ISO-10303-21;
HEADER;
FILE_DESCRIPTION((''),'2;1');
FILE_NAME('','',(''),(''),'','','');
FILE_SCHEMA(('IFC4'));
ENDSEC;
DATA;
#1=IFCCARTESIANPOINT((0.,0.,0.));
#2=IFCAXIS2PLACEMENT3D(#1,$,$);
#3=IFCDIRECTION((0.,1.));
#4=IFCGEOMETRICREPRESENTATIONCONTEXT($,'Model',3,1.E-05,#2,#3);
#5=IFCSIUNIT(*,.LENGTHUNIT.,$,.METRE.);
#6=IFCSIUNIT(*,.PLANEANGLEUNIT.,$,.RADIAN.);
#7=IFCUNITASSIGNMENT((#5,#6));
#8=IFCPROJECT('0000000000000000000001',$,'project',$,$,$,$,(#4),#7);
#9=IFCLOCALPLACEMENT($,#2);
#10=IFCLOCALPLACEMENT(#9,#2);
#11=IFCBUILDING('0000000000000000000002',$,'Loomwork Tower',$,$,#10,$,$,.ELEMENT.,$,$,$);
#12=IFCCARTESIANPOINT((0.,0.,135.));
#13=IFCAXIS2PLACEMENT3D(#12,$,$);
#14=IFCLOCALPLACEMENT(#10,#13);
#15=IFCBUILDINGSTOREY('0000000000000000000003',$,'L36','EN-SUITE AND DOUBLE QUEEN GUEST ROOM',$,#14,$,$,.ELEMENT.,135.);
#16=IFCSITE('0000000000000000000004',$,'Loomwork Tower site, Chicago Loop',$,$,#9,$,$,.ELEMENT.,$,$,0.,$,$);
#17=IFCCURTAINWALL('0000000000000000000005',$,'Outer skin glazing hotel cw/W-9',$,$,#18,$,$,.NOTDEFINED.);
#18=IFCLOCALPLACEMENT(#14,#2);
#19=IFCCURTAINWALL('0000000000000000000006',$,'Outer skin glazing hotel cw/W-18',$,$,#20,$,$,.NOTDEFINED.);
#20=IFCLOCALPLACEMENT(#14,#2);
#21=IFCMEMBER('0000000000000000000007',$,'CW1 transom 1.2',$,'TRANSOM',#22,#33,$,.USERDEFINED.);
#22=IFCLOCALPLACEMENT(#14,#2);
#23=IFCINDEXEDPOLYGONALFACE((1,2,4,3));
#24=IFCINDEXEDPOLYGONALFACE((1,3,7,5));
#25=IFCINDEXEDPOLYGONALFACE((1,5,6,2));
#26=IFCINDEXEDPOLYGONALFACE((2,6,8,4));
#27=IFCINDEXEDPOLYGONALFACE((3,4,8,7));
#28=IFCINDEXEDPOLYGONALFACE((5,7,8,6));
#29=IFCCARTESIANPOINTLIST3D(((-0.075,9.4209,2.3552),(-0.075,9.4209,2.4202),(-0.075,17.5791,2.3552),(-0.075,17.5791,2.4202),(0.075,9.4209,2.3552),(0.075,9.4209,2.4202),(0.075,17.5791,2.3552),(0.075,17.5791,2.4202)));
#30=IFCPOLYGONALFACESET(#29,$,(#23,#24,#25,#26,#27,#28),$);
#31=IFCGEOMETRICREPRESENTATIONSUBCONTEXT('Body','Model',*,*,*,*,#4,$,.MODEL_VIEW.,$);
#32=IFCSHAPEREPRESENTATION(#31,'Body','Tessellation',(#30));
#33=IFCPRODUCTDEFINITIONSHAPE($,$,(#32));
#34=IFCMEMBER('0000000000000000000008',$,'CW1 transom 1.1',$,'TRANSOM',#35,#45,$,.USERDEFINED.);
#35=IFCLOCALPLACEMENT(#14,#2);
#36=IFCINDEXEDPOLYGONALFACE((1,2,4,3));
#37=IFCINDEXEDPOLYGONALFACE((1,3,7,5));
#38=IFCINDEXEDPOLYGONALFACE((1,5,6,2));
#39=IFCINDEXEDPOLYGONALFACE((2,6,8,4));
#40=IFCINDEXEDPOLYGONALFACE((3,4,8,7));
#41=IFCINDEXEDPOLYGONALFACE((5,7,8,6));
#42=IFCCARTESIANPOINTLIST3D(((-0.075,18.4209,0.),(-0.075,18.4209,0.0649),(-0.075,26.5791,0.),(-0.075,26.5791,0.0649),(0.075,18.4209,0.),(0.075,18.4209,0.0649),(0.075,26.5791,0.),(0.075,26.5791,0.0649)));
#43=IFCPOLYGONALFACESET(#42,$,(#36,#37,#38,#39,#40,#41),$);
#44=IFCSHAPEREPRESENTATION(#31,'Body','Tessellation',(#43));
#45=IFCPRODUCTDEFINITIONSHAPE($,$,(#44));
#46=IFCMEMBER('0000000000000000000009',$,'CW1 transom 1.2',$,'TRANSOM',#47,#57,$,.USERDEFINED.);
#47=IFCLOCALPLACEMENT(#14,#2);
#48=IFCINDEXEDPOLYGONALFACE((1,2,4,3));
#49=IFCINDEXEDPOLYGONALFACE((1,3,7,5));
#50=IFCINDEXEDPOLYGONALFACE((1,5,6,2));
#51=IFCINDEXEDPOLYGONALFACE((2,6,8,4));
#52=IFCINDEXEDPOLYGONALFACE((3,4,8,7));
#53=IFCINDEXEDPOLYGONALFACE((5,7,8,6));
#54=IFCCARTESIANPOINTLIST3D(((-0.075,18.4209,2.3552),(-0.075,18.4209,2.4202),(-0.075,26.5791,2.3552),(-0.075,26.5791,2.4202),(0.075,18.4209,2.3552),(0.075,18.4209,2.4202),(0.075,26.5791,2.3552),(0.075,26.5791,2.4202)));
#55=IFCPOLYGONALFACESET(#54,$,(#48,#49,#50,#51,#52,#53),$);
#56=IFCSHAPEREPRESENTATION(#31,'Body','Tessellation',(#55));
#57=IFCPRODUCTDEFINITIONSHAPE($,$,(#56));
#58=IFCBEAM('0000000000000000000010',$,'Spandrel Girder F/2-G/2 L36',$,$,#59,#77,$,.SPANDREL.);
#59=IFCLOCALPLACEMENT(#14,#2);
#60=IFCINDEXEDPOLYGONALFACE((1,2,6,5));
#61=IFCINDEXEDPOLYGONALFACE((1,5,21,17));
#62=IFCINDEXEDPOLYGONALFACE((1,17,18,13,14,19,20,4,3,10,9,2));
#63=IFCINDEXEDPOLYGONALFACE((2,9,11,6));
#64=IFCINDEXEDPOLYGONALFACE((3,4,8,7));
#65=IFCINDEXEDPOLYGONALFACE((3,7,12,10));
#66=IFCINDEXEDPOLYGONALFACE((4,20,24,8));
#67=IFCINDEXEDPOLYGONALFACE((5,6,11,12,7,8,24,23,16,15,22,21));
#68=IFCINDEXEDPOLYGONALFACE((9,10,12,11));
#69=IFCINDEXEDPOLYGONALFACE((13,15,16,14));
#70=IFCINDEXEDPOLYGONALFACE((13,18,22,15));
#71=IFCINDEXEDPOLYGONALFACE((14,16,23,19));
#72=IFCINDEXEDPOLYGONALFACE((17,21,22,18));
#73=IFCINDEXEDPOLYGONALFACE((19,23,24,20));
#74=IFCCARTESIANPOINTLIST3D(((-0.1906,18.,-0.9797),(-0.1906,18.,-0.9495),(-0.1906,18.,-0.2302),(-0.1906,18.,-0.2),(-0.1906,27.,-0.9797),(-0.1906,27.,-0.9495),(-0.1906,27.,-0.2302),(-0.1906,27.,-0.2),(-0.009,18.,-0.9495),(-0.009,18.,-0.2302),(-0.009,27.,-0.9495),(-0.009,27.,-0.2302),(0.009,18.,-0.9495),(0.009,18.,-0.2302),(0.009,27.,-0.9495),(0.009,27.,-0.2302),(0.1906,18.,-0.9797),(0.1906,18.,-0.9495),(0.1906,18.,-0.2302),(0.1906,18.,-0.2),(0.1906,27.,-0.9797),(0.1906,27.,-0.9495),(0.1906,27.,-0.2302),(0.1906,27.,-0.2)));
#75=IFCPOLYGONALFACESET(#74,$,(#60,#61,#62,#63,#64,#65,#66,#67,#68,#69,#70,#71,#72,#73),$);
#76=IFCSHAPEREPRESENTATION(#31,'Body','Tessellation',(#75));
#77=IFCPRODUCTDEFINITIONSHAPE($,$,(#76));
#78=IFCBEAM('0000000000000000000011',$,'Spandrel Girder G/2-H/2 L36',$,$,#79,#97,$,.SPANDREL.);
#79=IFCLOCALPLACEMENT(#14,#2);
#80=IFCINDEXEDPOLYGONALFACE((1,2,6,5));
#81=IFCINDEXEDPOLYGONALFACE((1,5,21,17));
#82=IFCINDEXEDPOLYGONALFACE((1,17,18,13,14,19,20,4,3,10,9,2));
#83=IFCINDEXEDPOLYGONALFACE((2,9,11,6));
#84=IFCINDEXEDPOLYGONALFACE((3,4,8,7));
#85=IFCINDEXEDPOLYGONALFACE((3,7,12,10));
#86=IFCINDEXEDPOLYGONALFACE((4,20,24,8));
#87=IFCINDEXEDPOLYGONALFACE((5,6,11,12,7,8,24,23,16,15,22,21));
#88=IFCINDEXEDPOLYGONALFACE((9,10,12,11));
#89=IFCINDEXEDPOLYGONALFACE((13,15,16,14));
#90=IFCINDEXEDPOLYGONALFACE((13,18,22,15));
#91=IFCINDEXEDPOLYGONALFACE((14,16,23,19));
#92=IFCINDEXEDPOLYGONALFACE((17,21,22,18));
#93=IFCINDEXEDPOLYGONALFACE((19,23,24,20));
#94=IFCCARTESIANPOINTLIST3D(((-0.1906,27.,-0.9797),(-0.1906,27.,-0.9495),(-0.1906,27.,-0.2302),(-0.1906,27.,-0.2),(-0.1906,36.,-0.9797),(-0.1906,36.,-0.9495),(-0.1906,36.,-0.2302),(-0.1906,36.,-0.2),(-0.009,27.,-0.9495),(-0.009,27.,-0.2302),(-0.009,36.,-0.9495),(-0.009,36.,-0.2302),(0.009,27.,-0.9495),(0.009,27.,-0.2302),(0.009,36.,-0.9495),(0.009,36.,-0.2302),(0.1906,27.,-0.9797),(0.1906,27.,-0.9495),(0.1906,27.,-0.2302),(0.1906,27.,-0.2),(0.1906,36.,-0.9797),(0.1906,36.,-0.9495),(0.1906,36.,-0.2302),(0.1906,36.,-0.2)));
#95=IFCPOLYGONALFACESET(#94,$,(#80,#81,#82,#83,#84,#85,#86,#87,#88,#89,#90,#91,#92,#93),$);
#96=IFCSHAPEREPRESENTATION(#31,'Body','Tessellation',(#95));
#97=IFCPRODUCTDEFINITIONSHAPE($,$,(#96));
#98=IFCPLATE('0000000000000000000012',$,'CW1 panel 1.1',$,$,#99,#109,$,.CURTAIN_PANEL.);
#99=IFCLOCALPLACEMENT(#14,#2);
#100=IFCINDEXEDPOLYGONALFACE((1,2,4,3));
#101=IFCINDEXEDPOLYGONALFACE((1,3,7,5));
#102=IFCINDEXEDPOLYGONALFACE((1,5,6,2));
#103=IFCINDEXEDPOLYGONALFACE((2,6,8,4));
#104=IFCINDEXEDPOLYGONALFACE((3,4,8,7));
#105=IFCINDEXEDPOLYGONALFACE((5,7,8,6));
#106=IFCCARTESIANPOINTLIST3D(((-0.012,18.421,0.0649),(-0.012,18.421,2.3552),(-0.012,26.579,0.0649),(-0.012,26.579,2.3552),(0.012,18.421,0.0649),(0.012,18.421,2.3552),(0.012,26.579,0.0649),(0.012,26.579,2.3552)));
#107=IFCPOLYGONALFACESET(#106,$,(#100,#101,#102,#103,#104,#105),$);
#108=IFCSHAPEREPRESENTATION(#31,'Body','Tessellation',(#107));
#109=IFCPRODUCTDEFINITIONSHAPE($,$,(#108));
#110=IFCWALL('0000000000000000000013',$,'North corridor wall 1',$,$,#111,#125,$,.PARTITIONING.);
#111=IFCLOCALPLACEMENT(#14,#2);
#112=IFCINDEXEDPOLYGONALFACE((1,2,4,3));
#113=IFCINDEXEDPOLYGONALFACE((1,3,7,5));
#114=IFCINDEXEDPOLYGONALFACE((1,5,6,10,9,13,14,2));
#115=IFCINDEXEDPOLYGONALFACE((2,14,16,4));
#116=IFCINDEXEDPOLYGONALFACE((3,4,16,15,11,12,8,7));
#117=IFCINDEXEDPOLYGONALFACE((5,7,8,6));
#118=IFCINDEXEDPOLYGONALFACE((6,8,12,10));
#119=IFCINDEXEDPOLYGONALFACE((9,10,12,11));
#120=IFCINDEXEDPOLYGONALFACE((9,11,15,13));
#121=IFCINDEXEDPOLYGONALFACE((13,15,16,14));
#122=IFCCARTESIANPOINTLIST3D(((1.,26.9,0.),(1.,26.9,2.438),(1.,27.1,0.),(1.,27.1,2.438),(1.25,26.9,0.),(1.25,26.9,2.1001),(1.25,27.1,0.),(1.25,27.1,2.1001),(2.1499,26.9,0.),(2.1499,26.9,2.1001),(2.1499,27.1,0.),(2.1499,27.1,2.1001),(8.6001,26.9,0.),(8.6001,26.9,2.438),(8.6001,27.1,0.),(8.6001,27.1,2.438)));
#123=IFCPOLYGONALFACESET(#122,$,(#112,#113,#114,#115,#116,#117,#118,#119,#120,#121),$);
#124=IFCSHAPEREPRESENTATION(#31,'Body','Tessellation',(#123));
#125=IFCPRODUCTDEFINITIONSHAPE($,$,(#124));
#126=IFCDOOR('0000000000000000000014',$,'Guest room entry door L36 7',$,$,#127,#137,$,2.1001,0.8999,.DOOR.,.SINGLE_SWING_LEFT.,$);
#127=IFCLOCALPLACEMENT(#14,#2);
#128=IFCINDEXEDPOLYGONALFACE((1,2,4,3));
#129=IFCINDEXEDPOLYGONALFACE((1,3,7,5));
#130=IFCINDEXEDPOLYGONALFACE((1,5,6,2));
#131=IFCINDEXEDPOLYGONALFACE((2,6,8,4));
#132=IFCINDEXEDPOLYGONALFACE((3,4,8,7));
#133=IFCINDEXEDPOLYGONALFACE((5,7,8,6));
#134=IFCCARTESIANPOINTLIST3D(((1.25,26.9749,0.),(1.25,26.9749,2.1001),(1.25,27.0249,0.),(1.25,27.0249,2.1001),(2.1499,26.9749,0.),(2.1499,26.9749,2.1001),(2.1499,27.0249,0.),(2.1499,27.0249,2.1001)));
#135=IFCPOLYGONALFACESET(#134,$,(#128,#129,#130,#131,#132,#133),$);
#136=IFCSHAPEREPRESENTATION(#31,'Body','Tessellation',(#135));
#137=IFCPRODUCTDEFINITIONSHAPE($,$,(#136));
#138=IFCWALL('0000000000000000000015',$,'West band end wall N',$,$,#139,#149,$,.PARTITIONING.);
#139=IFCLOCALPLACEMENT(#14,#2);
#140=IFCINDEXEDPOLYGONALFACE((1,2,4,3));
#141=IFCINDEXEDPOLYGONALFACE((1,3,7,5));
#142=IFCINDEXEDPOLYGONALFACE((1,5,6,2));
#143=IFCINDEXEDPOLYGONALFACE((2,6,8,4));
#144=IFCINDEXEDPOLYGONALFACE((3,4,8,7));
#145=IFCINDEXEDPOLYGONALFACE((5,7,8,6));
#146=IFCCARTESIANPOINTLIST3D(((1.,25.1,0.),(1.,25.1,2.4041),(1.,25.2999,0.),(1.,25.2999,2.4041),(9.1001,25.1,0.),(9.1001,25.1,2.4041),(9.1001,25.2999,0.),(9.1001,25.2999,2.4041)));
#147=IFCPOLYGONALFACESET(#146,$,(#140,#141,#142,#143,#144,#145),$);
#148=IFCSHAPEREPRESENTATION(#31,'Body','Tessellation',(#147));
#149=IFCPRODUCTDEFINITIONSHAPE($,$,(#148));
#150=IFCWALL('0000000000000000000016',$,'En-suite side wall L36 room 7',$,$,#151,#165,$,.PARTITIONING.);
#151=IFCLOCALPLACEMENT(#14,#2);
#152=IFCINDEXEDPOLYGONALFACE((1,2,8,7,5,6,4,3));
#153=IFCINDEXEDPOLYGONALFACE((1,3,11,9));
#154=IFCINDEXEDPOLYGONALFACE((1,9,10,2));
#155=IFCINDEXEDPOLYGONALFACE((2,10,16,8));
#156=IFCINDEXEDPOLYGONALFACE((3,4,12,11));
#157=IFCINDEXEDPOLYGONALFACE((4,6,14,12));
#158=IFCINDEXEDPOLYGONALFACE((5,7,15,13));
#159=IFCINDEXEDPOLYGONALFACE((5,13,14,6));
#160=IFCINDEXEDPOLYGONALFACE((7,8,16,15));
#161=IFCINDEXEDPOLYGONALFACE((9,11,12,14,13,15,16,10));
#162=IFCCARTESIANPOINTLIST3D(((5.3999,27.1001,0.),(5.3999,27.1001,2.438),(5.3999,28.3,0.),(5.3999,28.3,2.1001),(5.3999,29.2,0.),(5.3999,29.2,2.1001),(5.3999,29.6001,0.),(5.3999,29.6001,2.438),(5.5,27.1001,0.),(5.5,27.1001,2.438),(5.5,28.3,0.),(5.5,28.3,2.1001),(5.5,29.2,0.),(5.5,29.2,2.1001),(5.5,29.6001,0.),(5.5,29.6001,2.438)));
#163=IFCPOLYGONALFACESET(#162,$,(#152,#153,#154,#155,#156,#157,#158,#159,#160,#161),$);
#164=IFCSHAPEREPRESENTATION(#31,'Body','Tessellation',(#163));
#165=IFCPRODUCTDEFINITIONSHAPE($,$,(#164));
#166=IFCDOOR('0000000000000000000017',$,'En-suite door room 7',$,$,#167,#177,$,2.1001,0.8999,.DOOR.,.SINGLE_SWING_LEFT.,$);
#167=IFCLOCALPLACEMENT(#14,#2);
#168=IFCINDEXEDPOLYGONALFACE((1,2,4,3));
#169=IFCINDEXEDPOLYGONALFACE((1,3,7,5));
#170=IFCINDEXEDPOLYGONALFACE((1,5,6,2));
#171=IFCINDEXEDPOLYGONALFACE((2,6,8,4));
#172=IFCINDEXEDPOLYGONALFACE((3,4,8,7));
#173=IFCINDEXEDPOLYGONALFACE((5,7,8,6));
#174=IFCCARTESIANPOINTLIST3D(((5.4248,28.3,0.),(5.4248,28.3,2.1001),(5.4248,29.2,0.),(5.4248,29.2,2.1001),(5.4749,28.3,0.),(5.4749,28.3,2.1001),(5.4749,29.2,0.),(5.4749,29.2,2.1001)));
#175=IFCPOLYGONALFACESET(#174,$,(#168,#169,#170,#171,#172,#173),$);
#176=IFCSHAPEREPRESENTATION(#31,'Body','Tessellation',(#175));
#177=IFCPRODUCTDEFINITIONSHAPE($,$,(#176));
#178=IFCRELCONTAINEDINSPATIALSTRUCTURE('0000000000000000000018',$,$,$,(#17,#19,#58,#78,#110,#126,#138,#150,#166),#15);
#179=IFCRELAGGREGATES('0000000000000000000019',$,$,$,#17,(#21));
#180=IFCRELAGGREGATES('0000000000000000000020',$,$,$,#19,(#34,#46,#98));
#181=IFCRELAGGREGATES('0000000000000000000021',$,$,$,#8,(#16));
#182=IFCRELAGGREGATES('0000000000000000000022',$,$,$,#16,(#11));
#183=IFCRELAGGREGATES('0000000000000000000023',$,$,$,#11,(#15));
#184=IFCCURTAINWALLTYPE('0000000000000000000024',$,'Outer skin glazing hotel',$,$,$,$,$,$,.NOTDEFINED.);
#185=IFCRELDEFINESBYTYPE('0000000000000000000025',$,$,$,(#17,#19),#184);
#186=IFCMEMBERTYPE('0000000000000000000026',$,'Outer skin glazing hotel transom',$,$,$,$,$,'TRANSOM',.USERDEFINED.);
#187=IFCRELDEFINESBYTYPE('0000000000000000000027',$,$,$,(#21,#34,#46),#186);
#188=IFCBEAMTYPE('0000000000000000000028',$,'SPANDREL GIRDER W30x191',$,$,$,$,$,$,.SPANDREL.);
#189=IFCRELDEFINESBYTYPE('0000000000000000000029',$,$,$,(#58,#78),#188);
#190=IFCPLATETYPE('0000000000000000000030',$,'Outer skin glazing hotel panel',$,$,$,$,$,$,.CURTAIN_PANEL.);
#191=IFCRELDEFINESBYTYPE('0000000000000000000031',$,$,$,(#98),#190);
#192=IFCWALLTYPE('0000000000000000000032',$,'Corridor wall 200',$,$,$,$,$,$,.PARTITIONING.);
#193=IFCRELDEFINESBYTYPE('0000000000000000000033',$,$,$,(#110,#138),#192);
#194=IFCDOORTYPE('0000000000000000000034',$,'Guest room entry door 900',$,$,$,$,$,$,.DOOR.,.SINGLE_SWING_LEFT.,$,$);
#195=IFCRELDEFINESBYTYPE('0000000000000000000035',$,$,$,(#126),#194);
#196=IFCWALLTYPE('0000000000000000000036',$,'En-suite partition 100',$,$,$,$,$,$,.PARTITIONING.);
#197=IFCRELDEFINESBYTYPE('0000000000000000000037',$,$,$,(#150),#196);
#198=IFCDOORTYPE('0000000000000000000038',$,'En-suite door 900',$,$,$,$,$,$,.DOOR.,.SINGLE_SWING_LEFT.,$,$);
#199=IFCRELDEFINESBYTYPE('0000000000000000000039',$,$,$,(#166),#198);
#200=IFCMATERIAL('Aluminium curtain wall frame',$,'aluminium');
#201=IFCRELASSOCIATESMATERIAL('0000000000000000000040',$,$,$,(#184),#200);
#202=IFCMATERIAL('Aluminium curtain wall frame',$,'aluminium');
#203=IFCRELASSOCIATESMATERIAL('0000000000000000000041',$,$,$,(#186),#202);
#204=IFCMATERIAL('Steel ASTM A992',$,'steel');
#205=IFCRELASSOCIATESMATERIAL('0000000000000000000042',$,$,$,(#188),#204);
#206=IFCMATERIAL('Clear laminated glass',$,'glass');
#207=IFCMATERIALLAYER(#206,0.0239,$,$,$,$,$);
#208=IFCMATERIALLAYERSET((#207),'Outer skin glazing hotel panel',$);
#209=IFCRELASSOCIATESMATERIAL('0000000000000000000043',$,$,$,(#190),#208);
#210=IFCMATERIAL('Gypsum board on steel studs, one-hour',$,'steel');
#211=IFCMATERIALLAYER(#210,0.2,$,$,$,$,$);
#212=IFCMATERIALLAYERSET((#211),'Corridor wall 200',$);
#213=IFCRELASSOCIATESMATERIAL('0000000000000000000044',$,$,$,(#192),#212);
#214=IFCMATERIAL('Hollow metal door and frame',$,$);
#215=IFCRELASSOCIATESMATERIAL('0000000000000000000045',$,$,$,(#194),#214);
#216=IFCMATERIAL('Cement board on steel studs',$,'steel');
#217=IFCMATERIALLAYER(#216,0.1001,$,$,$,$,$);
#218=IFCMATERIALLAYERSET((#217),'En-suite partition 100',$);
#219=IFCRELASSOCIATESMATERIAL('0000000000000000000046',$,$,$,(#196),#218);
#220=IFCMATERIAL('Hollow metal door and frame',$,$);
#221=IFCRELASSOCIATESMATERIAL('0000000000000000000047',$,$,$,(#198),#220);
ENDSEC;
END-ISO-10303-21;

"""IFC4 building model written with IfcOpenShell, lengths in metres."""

from ifc_helpers import new_model, si_unit, direction, frame, frame_2d, origin, origin_2d, place, context, subcontext, project, spatial, rectangle, i_section, extrude, material, layer, layer_set, material_profile, profile_set, type_object, element, fill, aggregate, save


model = new_model("IFC4")

# Units and contexts
model_context = context("Model", 3, precision=1e-05, world=origin(), true_north=direction((0.0, 1.0)))
body_context = subcontext(model_context, "Body", "Model", "MODEL_VIEW")
ifc_project = project(units=[si_unit("LENGTHUNIT", "METRE"), si_unit("PLANEANGLEUNIT", "RADIAN")], contexts=[model_context])

# Site, building, storey
site_placement = place(None, origin())
site = spatial("IfcSite", under=ifc_project, at=site_placement, Name="Loomwork Tower site, Chicago Loop", CompositionType="ELEMENT", RefElevation=0.0)
building_placement = place(site_placement, origin())
building = spatial("IfcBuilding", under=site, at=building_placement, Name="Loomwork Tower", CompositionType="ELEMENT")
storey_placement = place(building_placement, frame((0.0, 0.0, 135.0)))
storey = spatial("IfcBuildingStorey", under=building, at=storey_placement, Name="L36", Description="EN-SUITE AND DOUBLE QUEEN GUEST ROOM", CompositionType="ELEMENT", Elevation=135.0)

# Curtain wall
ifc_material_1 = material(Name="Aluminium curtain wall frame", Category="aluminium")
curtain_wall_type = type_object("IfcCurtainWallType", Name="Outer skin glazing hotel", PredefinedType="NOTDEFINED", material=ifc_material_1)
curtain_wall_1_placement = place(storey_placement, origin())
curtain_wall_1 = element("IfcCurtainWall", 1, at=curtain_wall_1_placement, inside=storey, type_object=curtain_wall_type, Name="Outer skin glazing hotel cw/W-9", PredefinedType="NOTDEFINED")

# Curtain wall
curtain_wall_2_placement = place(storey_placement, origin())
curtain_wall_2 = element("IfcCurtainWall", 2, at=curtain_wall_2_placement, inside=storey, type_object=curtain_wall_type, Name="Outer skin glazing hotel cw/W-18", PredefinedType="NOTDEFINED")

# Members
ifc_material_2 = material(Name="Aluminium curtain wall frame", Category="aluminium")
ifc_material_profile_1 = material_profile(ifc_material_2, rectangle(XDim=0.1499, YDim=0.0649, at=origin_2d()), Name="AL 65x150")
ifc_profile_set_1 = profile_set([ifc_material_profile_1], Name="Aluminium curtain wall frame")
member_type_1 = type_object("IfcMemberType", Name="Outer skin glazing hotel transom", ElementType="TRANSOM", PredefinedType="USERDEFINED", material=ifc_profile_set_1)
member_1_placement = place(storey_placement, frame((0.0, 17.5791, 2.3877), z_axis=(0.0, -1.0, 0.0), x_axis=(1.0, 0.0, 0.0)))
member_1 = element("IfcMember", 3, at=member_1_placement, type_object=member_type_1, Name="CW1 transom 1.2", ObjectType="TRANSOM", PredefinedType="USERDEFINED", context=body_context, shape_type="SweptSolid", body=[
    extrude(rectangle(XDim=0.1499, YDim=0.0649, at=origin_2d()), origin(), (0.0, 0.0, 1.0), 8.1582),
])
aggregate(curtain_wall_1, [member_1])
member_2_placement = place(storey_placement, frame((0.0, 26.5791, 0.0325), z_axis=(0.0, -1.0, 0.0), x_axis=(1.0, 0.0, 0.0)))
member_2 = element("IfcMember", 4, at=member_2_placement, type_object=member_type_1, Name="CW1 transom 1.1", ObjectType="TRANSOM", PredefinedType="USERDEFINED", context=body_context, shape_type="SweptSolid", body=[
    extrude(rectangle(XDim=0.1499, YDim=0.0649, at=origin_2d()), origin(), (0.0, 0.0, 1.0), 8.1582),
])
member_3_placement = place(storey_placement, frame((0.0, 26.5791, 2.3877), z_axis=(0.0, -1.0, 0.0), x_axis=(1.0, 0.0, 0.0)))
member_3 = element("IfcMember", 5, at=member_3_placement, type_object=member_type_1, Name="CW1 transom 1.2", ObjectType="TRANSOM", PredefinedType="USERDEFINED", context=body_context, shape_type="SweptSolid", body=[
    extrude(rectangle(XDim=0.1499, YDim=0.0649, at=origin_2d()), origin(), (0.0, 0.0, 1.0), 8.1582),
])

# Beams
ifc_material_3 = material(Name="Steel ASTM A992", Category="steel")
ifc_material_profile_2 = material_profile(ifc_material_3, i_section(OverallWidth=0.3811, OverallDepth=0.7798, WebThickness=0.0181, FlangeThickness=0.0303, at=origin_2d()), Name="W30x191")
ifc_profile_set_2 = profile_set([ifc_material_profile_2], Name="Steel ASTM A992")
beam_type_1 = type_object("IfcBeamType", Name="SPANDREL GIRDER W30x191", PredefinedType="SPANDREL", material=ifc_profile_set_2)
for number, where, z_axis, x_axis, name in (
    (6, (0.0, 18.0, -0.5898), (0.0, 1.0, 0.0), (-1.0, 0.0, 0.0), "Spandrel Girder F/2-G/2 L36"),
    (7, (0.0, 27.0, -0.5898), (0.0, 1.0, 0.0), (-1.0, 0.0, 0.0), "Spandrel Girder G/2-H/2 L36"),
):
    element("IfcBeam", number, at=place(storey_placement, frame(where, z_axis=z_axis, x_axis=x_axis)), inside=storey, type_object=beam_type_1, Name=name, PredefinedType="SPANDREL", context=body_context, shape_type="SweptSolid", body=[
        extrude(i_section(OverallWidth=0.3811, OverallDepth=0.7798, WebThickness=0.0181, FlangeThickness=0.0303, at=origin_2d()), origin(), (0.0, 0.0, 1.0), 9.0),
    ])

# Plate
ifc_material_4 = material(Name="Clear laminated glass", Category="glass")
ifc_layer_1 = layer(ifc_material_4, 0.0239)
ifc_layer_set_1 = layer_set([ifc_layer_1], Name="Outer skin glazing hotel panel")
plate_type = type_object("IfcPlateType", Name="Outer skin glazing hotel panel", PredefinedType="CURTAIN_PANEL", material=ifc_layer_set_1)
plate_placement = place(storey_placement, frame((0.0, 22.5, 0.0649), z_axis=(0.0, 0.0, 1.0), x_axis=(0.0, -1.0, 0.0)))
plate = element("IfcPlate", 8, at=plate_placement, type_object=plate_type, Name="CW1 panel 1.1", PredefinedType="CURTAIN_PANEL", context=body_context, shape_type="SweptSolid", body=[
    extrude(rectangle(XDim=8.158, YDim=0.0239, at=origin_2d()), origin(), (0.0, 0.0, 1.0), 2.2903),
])
aggregate(curtain_wall_2, [member_2, member_3, plate])

# Wall, opening, door
ifc_material_5 = material(Name="Gypsum board on steel studs, one-hour", Category="steel")
ifc_layer_2 = layer(ifc_material_5, 0.2)
ifc_layer_set_2 = layer_set([ifc_layer_2], Name="Corridor wall 200")
wall_type_1 = type_object("IfcWallType", Name="Corridor wall 200", PredefinedType="PARTITIONING", material=ifc_layer_set_2)
wall_1_placement = place(storey_placement, frame((1.0, 27.0, 0.0), z_axis=(0.0, 0.0, 1.0), x_axis=(1.0, 0.0, 0.0)))
wall_1 = element("IfcWall", 9, at=wall_1_placement, inside=storey, type_object=wall_type_1, Name="North corridor wall 1", PredefinedType="PARTITIONING", context=body_context, shape_type="SweptSolid", body=[
    extrude(rectangle(XDim=7.6001, YDim=0.2, at=frame_2d((3.8, 0.0))), origin(), (0.0, 0.0, 1.0), 2.438),
])
opening_1_placement = place(wall_1_placement, frame((0.25, 0.0, 0.0)))
opening_1 = element("IfcOpeningElement", 10, at=opening_1_placement, cuts=wall_1, PredefinedType="OPENING", context=body_context, shape_type="SweptSolid", body=[
    extrude(rectangle(XDim=0.8999, YDim=2.1001, at=frame_2d((0.45, 1.05))), frame((0.0, 0.1099, 0.0), z_axis=(0.0, -1.0, 0.0), x_axis=(1.0, 0.0, 0.0)), (0.0, 0.0, 1.0), 0.22),
])
ifc_material_6 = material(Name="Hollow metal door and frame")
door_type_1 = type_object("IfcDoorType", Name="Guest room entry door 900", OperationType="SINGLE_SWING_LEFT", PredefinedType="DOOR", material=ifc_material_6)
door_1_placement = place(opening_1_placement, origin())
door_1 = element("IfcDoor", 11, at=door_1_placement, inside=storey, type_object=door_type_1, Name="Guest room entry door L36 7", OperationType="SINGLE_SWING_LEFT", OverallHeight=2.1001, OverallWidth=0.8999, PredefinedType="DOOR", context=body_context, shape_type="SweptSolid", body=[
    extrude(rectangle(XDim=0.8999, YDim=2.1001, at=frame_2d((0.45, 1.05))), frame((0.0, 0.0249, 0.0), z_axis=(0.0, -1.0, 0.0), x_axis=(1.0, 0.0, 0.0)), (0.0, 0.0, 1.0), 0.05),
])
fill(opening_1, door_1)

# Wall
wall_2_placement = place(storey_placement, frame((1.0, 25.2, 0.0), z_axis=(0.0, 0.0, 1.0), x_axis=(1.0, 0.0, 0.0)))
element("IfcWall", 12, at=wall_2_placement, inside=storey, type_object=wall_type_1, Name="West band end wall N", PredefinedType="PARTITIONING", context=body_context, shape_type="SweptSolid", body=[
    extrude(rectangle(XDim=8.1001, YDim=0.2, at=frame_2d((4.05, 0.0))), origin(), (0.0, 0.0, 1.0), 2.4041),
])

# Wall, opening, door
ifc_material_7 = material(Name="Cement board on steel studs", Category="steel")
ifc_layer_3 = layer(ifc_material_7, 0.1001)
ifc_layer_set_3 = layer_set([ifc_layer_3], Name="En-suite partition 100")
wall_type_2 = type_object("IfcWallType", Name="En-suite partition 100", PredefinedType="PARTITIONING", material=ifc_layer_set_3)
wall_3_placement = place(storey_placement, frame((5.45, 27.1001, 0.0), z_axis=(0.0, 0.0, 1.0), x_axis=(0.0, 1.0, 0.0)))
wall_3 = element("IfcWall", 13, at=wall_3_placement, inside=storey, type_object=wall_type_2, Name="En-suite side wall L36 room 7", PredefinedType="PARTITIONING", context=body_context, shape_type="SweptSolid", body=[
    extrude(rectangle(XDim=2.5, YDim=0.1001, at=frame_2d((1.25, 0.0))), origin(), (0.0, 0.0, 1.0), 2.438),
])
opening_2_placement = place(wall_3_placement, frame((1.2, 0.0, 0.0)))
opening_2 = element("IfcOpeningElement", 14, at=opening_2_placement, cuts=wall_3, PredefinedType="OPENING", context=body_context, shape_type="SweptSolid", body=[
    extrude(rectangle(XDim=0.8999, YDim=2.1001, at=frame_2d((0.45, 1.05))), frame((0.0, 0.0601, 0.0), z_axis=(0.0, -1.0, 0.0), x_axis=(1.0, 0.0, 0.0)), (0.0, 0.0, 1.0), 0.1201),
])
ifc_material_8 = material(Name="Hollow metal door and frame")
door_type_2 = type_object("IfcDoorType", Name="En-suite door 900", OperationType="SINGLE_SWING_LEFT", PredefinedType="DOOR", material=ifc_material_8)
door_2_placement = place(opening_2_placement, frame((0.8999, 0.0, 0.0), z_axis=(0.0, 0.0, 1.0), x_axis=(-1.0, 0.0, 0.0)))
door_2 = element("IfcDoor", 15, at=door_2_placement, inside=storey, type_object=door_type_2, Name="En-suite door room 7", OperationType="SINGLE_SWING_LEFT", OverallHeight=2.1001, OverallWidth=0.8999, PredefinedType="DOOR", context=body_context, shape_type="SweptSolid", body=[
    extrude(rectangle(XDim=0.8999, YDim=2.1001, at=frame_2d((0.45, 1.05))), frame((0.0, 0.0249, 0.0), z_axis=(0.0, -1.0, 0.0), x_axis=(1.0, 0.0, 0.0)), (0.0, 0.0, 1.0), 0.05),
])
fill(opening_2, door_2)

save(model, "model.ifc")
